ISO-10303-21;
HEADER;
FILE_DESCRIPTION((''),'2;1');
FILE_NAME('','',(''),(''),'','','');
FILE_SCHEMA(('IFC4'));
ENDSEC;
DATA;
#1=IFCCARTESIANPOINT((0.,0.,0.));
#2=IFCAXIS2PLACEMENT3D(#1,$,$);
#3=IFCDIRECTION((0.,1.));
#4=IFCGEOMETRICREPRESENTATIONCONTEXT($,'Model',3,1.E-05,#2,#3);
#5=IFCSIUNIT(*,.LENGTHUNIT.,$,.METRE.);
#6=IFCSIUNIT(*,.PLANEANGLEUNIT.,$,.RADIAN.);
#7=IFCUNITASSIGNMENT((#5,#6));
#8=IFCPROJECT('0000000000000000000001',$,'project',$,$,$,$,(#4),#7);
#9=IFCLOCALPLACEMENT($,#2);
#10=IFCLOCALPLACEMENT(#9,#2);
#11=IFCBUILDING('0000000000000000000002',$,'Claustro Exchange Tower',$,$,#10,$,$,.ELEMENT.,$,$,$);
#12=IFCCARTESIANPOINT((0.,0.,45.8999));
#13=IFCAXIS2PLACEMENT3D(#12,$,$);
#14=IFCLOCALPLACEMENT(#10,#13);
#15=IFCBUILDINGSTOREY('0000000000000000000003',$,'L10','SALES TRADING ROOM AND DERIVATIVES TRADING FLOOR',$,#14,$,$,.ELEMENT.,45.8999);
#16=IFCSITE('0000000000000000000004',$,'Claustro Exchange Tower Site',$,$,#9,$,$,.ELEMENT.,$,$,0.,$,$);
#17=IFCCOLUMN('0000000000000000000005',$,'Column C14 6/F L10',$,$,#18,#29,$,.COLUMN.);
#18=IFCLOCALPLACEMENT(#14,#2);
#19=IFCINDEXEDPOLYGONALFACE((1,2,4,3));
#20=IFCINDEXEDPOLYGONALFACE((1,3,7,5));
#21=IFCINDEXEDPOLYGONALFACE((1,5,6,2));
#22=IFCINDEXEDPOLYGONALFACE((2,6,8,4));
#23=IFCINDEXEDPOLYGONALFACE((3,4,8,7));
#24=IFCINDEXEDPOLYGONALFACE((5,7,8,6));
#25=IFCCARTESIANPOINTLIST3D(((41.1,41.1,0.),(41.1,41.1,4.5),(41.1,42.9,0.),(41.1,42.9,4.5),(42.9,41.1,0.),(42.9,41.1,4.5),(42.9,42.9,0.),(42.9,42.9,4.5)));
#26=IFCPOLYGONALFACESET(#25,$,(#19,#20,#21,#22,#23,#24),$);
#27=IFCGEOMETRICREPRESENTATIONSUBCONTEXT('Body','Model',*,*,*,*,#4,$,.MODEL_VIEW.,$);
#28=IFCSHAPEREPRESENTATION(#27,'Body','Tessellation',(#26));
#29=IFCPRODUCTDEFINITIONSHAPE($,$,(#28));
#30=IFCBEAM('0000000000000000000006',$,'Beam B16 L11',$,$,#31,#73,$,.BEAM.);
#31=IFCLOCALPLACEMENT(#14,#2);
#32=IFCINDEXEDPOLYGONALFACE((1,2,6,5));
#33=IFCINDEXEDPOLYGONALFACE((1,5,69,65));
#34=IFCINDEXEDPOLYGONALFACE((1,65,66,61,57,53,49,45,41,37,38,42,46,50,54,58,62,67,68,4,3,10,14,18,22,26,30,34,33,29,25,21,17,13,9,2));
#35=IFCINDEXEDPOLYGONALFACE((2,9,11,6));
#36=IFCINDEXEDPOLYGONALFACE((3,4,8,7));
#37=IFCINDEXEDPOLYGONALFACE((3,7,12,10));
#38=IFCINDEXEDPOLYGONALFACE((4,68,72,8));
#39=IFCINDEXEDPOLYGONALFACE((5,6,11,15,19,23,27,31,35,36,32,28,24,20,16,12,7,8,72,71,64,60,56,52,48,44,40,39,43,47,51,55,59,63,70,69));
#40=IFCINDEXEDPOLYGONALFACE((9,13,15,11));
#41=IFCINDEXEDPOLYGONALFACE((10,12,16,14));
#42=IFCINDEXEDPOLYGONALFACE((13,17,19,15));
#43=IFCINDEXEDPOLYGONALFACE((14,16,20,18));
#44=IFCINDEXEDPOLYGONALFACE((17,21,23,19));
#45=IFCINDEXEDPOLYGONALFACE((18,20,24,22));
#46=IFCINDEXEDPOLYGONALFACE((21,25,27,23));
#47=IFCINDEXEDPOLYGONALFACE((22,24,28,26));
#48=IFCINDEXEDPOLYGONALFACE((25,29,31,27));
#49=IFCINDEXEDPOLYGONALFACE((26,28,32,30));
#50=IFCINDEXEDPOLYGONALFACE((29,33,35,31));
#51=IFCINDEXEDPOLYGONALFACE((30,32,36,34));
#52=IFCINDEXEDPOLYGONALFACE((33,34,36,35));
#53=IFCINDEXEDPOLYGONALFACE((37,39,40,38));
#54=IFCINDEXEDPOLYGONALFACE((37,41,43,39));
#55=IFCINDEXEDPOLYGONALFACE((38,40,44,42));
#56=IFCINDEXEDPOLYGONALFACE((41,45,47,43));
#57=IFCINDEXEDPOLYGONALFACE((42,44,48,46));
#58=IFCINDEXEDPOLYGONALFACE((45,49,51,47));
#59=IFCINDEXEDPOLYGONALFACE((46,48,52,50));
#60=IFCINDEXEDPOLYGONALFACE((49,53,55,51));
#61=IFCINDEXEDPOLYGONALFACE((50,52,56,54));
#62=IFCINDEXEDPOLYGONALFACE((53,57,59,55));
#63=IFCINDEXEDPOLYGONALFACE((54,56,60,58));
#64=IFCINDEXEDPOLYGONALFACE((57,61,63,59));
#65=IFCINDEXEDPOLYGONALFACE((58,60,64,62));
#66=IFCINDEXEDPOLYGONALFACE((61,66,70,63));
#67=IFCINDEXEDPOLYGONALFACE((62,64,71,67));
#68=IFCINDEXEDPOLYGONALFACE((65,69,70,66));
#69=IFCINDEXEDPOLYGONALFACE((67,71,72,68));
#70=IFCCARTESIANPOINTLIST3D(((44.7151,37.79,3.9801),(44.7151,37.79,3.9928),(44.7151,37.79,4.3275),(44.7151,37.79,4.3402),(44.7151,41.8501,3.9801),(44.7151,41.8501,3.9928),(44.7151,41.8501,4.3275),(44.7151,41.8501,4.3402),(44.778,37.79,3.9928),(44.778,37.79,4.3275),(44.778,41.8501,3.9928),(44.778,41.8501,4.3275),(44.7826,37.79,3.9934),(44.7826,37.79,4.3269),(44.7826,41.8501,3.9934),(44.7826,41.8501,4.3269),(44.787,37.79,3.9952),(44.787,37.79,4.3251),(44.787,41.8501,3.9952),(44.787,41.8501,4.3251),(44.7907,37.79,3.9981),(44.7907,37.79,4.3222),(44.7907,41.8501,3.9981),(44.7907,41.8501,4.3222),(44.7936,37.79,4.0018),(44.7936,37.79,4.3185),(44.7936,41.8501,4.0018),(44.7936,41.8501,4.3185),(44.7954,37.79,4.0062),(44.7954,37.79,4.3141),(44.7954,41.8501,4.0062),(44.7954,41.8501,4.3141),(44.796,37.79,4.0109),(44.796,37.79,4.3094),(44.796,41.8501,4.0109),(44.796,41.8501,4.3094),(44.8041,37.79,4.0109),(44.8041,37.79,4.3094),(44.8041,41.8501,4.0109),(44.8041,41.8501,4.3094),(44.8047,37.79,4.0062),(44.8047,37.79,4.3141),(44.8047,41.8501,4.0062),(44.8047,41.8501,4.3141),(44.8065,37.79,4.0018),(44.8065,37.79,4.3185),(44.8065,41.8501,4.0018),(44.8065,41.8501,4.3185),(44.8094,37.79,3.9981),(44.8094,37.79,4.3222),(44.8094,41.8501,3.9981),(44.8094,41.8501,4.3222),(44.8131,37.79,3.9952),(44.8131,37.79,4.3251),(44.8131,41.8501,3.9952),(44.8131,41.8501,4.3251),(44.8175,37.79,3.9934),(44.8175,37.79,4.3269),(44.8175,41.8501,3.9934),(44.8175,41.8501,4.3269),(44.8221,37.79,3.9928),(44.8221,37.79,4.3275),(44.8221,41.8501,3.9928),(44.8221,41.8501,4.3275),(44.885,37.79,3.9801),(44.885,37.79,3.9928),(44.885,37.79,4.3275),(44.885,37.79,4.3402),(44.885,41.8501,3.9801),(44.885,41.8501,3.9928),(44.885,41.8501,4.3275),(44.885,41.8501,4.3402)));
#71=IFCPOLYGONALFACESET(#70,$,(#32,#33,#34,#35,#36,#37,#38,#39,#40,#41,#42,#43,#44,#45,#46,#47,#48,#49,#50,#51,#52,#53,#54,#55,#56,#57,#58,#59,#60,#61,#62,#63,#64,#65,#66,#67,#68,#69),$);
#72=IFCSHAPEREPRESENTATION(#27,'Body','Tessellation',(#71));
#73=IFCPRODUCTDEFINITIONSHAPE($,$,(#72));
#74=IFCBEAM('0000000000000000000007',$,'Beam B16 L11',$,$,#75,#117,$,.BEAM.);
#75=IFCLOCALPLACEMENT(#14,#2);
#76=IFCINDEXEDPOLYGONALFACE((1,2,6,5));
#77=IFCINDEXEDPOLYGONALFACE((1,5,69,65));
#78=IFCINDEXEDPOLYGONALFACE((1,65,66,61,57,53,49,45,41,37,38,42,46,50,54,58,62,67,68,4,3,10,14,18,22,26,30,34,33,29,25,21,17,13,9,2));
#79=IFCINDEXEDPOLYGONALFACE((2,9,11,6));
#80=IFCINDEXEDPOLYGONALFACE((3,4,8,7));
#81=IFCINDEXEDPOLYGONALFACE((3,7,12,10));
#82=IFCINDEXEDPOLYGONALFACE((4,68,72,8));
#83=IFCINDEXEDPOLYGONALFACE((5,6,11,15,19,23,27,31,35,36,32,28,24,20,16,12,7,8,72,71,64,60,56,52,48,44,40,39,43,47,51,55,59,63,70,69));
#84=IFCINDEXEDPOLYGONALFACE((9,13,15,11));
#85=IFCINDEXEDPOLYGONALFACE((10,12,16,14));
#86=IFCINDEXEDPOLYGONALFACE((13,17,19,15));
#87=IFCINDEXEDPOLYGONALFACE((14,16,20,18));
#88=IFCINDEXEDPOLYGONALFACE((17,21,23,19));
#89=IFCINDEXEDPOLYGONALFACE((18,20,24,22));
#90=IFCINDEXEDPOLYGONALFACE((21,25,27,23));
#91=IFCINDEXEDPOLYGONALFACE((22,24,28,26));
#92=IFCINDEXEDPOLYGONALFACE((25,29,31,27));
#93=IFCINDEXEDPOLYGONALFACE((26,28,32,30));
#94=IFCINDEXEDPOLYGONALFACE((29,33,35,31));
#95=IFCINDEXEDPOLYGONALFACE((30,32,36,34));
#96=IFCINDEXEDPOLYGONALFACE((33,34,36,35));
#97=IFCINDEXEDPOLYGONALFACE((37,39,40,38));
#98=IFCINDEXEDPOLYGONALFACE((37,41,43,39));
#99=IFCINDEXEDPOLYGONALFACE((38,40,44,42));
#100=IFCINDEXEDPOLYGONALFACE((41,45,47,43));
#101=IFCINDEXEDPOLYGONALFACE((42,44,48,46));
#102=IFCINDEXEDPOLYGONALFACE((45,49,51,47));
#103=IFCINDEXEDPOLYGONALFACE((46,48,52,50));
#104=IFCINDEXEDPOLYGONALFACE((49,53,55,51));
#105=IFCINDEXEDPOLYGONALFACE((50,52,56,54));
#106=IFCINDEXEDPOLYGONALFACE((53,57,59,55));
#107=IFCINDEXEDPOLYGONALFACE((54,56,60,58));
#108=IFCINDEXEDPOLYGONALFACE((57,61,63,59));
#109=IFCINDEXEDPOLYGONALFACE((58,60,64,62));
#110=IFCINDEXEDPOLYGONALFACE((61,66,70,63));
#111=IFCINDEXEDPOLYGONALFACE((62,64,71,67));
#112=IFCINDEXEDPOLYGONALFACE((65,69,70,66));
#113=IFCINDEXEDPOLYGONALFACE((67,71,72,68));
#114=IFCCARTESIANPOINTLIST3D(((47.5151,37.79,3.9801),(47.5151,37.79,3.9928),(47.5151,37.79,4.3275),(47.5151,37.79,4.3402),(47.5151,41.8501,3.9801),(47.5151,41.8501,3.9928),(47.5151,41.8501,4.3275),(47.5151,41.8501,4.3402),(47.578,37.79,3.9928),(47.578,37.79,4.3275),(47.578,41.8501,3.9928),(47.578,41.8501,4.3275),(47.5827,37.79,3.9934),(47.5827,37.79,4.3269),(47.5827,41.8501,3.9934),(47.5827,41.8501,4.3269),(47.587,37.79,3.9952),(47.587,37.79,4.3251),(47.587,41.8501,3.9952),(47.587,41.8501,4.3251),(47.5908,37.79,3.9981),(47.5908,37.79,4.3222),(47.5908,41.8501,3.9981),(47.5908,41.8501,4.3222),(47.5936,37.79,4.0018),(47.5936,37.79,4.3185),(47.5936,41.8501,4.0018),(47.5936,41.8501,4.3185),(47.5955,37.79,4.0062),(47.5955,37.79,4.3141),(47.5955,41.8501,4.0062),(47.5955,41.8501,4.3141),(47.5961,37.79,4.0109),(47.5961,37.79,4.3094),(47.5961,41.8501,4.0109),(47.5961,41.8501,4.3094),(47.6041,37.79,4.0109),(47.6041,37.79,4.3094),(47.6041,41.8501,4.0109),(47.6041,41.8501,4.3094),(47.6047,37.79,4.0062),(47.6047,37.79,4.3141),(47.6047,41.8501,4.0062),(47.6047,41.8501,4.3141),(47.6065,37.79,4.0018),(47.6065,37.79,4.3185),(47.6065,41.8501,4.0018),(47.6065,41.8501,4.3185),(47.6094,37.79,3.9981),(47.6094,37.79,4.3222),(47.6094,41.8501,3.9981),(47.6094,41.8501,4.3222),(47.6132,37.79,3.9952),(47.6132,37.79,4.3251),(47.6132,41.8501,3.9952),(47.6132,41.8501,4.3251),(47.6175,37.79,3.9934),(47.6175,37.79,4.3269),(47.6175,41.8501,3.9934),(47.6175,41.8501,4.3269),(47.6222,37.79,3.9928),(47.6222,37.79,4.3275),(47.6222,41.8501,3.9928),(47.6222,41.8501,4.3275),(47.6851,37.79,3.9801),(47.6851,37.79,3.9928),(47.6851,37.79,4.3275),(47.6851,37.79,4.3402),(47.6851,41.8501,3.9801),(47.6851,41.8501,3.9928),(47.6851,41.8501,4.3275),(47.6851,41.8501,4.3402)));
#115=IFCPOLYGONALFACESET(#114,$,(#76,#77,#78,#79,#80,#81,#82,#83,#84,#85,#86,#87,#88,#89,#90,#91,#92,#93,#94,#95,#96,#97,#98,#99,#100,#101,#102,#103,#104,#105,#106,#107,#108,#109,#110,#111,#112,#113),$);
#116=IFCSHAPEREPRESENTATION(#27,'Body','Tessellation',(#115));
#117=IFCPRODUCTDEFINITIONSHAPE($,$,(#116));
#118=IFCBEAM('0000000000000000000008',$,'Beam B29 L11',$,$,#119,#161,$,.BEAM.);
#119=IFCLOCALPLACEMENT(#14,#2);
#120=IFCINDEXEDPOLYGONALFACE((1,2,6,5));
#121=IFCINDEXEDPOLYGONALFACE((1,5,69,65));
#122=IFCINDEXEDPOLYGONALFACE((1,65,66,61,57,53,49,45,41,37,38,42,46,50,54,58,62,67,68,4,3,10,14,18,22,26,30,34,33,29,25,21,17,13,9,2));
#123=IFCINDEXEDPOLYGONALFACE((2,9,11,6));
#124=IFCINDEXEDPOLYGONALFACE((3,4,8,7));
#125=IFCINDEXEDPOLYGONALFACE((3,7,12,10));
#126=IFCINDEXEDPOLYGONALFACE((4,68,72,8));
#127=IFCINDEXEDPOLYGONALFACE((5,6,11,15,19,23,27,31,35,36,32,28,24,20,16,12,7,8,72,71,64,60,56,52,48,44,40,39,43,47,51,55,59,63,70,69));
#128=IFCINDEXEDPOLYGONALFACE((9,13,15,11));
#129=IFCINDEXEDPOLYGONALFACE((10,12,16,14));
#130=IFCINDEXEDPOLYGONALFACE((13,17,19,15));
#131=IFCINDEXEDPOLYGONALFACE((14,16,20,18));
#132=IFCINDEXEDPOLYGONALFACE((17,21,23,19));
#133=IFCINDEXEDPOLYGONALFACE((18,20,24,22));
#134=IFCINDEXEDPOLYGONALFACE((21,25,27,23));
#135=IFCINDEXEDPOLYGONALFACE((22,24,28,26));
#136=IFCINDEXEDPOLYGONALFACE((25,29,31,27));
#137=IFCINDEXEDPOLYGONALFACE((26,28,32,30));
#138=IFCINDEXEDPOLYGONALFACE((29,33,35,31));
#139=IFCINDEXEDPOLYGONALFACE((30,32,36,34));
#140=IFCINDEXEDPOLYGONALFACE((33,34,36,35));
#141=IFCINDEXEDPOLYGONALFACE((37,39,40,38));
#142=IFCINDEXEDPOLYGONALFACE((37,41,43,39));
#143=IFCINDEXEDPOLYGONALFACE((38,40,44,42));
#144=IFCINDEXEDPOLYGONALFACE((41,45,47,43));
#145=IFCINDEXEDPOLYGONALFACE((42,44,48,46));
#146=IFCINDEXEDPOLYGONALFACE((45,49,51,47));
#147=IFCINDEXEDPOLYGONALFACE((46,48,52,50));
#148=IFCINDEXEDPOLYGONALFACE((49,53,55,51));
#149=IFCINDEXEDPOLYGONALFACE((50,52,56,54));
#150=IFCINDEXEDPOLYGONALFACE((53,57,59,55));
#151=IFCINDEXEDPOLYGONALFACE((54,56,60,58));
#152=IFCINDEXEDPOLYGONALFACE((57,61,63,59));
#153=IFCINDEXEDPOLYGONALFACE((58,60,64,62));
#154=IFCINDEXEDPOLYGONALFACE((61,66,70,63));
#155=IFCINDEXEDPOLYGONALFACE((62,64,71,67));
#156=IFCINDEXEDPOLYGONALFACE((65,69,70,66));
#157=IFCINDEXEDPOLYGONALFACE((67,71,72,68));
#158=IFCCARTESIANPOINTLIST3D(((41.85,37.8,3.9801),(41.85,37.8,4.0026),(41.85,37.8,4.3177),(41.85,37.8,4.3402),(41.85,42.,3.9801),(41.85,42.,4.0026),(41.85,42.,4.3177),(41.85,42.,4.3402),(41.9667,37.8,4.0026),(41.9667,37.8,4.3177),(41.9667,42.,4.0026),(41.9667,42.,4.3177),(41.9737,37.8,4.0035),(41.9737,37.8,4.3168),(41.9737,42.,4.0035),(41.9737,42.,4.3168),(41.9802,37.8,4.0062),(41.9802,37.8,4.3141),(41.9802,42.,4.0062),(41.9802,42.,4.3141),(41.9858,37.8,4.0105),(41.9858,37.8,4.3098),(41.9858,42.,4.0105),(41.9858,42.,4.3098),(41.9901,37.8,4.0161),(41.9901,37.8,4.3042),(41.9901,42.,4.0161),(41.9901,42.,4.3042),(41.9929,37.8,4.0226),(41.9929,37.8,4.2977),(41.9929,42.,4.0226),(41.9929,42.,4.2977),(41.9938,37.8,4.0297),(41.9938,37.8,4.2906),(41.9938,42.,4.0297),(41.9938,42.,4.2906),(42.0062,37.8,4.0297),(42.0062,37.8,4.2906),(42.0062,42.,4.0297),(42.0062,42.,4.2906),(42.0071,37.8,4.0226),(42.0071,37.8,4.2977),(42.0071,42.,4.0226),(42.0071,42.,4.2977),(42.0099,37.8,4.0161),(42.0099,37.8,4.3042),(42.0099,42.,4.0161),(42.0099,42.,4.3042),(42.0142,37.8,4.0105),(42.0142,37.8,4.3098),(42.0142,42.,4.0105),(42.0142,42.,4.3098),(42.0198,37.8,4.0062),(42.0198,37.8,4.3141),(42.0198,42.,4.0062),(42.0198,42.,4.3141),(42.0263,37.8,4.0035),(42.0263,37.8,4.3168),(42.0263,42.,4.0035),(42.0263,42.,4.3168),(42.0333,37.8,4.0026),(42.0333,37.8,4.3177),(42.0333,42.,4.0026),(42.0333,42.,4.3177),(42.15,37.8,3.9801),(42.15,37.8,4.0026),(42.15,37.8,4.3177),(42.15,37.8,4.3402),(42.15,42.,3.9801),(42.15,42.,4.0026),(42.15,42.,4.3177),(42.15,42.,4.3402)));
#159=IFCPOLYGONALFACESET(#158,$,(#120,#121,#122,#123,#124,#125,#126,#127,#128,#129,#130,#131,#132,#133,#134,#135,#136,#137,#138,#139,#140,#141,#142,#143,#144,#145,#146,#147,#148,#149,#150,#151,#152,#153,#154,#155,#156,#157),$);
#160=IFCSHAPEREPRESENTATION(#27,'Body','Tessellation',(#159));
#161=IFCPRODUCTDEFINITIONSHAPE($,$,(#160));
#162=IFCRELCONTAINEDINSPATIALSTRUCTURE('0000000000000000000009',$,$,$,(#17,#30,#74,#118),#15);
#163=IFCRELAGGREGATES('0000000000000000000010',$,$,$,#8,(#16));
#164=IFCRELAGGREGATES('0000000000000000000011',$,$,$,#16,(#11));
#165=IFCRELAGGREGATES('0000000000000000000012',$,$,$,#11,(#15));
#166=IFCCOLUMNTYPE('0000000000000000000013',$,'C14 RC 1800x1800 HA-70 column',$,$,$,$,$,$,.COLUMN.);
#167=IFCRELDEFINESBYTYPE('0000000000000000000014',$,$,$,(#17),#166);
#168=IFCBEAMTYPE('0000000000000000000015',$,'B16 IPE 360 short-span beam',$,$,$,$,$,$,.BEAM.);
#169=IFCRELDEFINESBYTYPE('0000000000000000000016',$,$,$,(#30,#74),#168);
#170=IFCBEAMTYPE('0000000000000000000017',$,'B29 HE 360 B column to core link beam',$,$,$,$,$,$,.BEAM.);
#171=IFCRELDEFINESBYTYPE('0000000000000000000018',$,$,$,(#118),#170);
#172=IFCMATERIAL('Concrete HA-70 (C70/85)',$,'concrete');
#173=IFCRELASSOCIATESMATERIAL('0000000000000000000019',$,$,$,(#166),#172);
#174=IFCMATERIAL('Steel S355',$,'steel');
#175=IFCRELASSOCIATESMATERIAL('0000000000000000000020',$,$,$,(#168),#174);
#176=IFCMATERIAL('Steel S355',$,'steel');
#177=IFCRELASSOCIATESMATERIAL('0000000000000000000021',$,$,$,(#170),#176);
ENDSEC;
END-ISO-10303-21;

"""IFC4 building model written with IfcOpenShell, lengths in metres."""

from ifc_helpers import new_model, si_unit, direction, frame, origin, origin_2d, place, context, subcontext, project, spatial, rectangle, i_section, extrude, material, material_profile, profile_set, type_object, element, save


model = new_model("IFC4")

# Units and contexts
model_context = context("Model", 3, precision=1e-05, world=origin(), true_north=direction((0.0, 1.0)))
body_context = subcontext(model_context, "Body", "Model", "MODEL_VIEW")
ifc_project = project(units=[si_unit("LENGTHUNIT", "METRE"), si_unit("PLANEANGLEUNIT", "RADIAN")], contexts=[model_context])

# Site, building, storey
site_placement = place(None, origin())
site = spatial("IfcSite", under=ifc_project, at=site_placement, Name="Claustro Exchange Tower Site", CompositionType="ELEMENT", RefElevation=0.0)
building_placement = place(site_placement, origin())
building = spatial("IfcBuilding", under=site, at=building_placement, Name="Claustro Exchange Tower", CompositionType="ELEMENT")
storey_placement = place(building_placement, frame((0.0, 0.0, 45.8999)))
storey = spatial("IfcBuildingStorey", under=building, at=storey_placement, Name="L10", Description="SALES TRADING ROOM AND DERIVATIVES TRADING FLOOR", CompositionType="ELEMENT", Elevation=45.8999)

# Column
ifc_material_1 = material(Name="Concrete HA-70 (C70/85)", Category="concrete")
ifc_material_profile_1 = material_profile(ifc_material_1, rectangle(XDim=1.8, YDim=1.8, at=origin_2d()), Name="RC 1800x1800")
ifc_profile_set_1 = profile_set([ifc_material_profile_1], Name="Concrete HA-70 (C70/85)")
column_type = type_object("IfcColumnType", Name="C14 RC 1800x1800 HA-70 column", PredefinedType="COLUMN", material=ifc_profile_set_1)
column_placement = place(storey_placement, frame((42.0, 42.0, 0.0), z_axis=(0.0, 0.0, 1.0), x_axis=(1.0, 0.0, 0.0)))
element("IfcColumn", 1, at=column_placement, inside=storey, type_object=column_type, Name="Column C14 6/F L10", PredefinedType="COLUMN", context=body_context, shape_type="SweptSolid", body=[
    extrude(rectangle(XDim=1.8, YDim=1.8, at=origin_2d()), origin(), (0.0, 0.0, 1.0), 4.5),
])

# Beams
ifc_material_2 = material(Name="Steel S355", Category="steel")
ifc_material_profile_2 = material_profile(ifc_material_2, i_section(OverallWidth=0.1699, OverallDepth=0.3601, WebThickness=0.0081, FlangeThickness=0.0127, FilletRadius=0.0181, at=origin_2d()), Name="IPE 360")
ifc_profile_set_2 = profile_set([ifc_material_profile_2], Name="Steel S355")
beam_type_1 = type_object("IfcBeamType", Name="B16 IPE 360 short-span beam", PredefinedType="BEAM", material=ifc_profile_set_2)
for number, where, z_axis, x_axis, name in (
    (2, (44.8, 37.79, 4.1602), (0.0, 1.0, 0.0), (-1.0, 0.0, 0.0), "Beam B16 L11"),
    (3, (47.6001, 37.79, 4.1602), (0.0, 1.0, 0.0), (-1.0, 0.0, 0.0), "Beam B16 L11"),
):
    element("IfcBeam", number, at=place(storey_placement, frame(where, z_axis=z_axis, x_axis=x_axis)), inside=storey, type_object=beam_type_1, Name=name, PredefinedType="BEAM", context=body_context, shape_type="SweptSolid", body=[
        extrude(i_section(OverallWidth=0.1699, OverallDepth=0.3601, WebThickness=0.0081, FlangeThickness=0.0127, FilletRadius=0.0181, at=origin_2d()), origin(), (0.0, 0.0, 1.0), 4.0601),
    ])
ifc_material_3 = material(Name="Steel S355", Category="steel")
ifc_material_profile_3 = material_profile(ifc_material_3, i_section(OverallWidth=0.3, OverallDepth=0.3601, WebThickness=0.0125, FlangeThickness=0.0225, FilletRadius=0.0271, at=origin_2d()), Name="HE 360 B")
ifc_profile_set_3 = profile_set([ifc_material_profile_3], Name="Steel S355")
beam_type_2 = type_object("IfcBeamType", Name="B29 HE 360 B column to core link beam", PredefinedType="BEAM", material=ifc_profile_set_3)
beam_1_placement = place(storey_placement, frame((42.0, 37.8, 4.1602), z_axis=(0.0, 1.0, 0.0), x_axis=(-1.0, 0.0, 0.0)))
element("IfcBeam", 4, at=beam_1_placement, inside=storey, type_object=beam_type_2, Name="Beam B29 L11", PredefinedType="BEAM", context=body_context, shape_type="SweptSolid", body=[
    extrude(i_section(OverallWidth=0.3, OverallDepth=0.3601, WebThickness=0.0125, FlangeThickness=0.0225, FilletRadius=0.0271, at=origin_2d()), origin(), (0.0, 0.0, 1.0), 4.2),
])

save(model, "model.ifc")
